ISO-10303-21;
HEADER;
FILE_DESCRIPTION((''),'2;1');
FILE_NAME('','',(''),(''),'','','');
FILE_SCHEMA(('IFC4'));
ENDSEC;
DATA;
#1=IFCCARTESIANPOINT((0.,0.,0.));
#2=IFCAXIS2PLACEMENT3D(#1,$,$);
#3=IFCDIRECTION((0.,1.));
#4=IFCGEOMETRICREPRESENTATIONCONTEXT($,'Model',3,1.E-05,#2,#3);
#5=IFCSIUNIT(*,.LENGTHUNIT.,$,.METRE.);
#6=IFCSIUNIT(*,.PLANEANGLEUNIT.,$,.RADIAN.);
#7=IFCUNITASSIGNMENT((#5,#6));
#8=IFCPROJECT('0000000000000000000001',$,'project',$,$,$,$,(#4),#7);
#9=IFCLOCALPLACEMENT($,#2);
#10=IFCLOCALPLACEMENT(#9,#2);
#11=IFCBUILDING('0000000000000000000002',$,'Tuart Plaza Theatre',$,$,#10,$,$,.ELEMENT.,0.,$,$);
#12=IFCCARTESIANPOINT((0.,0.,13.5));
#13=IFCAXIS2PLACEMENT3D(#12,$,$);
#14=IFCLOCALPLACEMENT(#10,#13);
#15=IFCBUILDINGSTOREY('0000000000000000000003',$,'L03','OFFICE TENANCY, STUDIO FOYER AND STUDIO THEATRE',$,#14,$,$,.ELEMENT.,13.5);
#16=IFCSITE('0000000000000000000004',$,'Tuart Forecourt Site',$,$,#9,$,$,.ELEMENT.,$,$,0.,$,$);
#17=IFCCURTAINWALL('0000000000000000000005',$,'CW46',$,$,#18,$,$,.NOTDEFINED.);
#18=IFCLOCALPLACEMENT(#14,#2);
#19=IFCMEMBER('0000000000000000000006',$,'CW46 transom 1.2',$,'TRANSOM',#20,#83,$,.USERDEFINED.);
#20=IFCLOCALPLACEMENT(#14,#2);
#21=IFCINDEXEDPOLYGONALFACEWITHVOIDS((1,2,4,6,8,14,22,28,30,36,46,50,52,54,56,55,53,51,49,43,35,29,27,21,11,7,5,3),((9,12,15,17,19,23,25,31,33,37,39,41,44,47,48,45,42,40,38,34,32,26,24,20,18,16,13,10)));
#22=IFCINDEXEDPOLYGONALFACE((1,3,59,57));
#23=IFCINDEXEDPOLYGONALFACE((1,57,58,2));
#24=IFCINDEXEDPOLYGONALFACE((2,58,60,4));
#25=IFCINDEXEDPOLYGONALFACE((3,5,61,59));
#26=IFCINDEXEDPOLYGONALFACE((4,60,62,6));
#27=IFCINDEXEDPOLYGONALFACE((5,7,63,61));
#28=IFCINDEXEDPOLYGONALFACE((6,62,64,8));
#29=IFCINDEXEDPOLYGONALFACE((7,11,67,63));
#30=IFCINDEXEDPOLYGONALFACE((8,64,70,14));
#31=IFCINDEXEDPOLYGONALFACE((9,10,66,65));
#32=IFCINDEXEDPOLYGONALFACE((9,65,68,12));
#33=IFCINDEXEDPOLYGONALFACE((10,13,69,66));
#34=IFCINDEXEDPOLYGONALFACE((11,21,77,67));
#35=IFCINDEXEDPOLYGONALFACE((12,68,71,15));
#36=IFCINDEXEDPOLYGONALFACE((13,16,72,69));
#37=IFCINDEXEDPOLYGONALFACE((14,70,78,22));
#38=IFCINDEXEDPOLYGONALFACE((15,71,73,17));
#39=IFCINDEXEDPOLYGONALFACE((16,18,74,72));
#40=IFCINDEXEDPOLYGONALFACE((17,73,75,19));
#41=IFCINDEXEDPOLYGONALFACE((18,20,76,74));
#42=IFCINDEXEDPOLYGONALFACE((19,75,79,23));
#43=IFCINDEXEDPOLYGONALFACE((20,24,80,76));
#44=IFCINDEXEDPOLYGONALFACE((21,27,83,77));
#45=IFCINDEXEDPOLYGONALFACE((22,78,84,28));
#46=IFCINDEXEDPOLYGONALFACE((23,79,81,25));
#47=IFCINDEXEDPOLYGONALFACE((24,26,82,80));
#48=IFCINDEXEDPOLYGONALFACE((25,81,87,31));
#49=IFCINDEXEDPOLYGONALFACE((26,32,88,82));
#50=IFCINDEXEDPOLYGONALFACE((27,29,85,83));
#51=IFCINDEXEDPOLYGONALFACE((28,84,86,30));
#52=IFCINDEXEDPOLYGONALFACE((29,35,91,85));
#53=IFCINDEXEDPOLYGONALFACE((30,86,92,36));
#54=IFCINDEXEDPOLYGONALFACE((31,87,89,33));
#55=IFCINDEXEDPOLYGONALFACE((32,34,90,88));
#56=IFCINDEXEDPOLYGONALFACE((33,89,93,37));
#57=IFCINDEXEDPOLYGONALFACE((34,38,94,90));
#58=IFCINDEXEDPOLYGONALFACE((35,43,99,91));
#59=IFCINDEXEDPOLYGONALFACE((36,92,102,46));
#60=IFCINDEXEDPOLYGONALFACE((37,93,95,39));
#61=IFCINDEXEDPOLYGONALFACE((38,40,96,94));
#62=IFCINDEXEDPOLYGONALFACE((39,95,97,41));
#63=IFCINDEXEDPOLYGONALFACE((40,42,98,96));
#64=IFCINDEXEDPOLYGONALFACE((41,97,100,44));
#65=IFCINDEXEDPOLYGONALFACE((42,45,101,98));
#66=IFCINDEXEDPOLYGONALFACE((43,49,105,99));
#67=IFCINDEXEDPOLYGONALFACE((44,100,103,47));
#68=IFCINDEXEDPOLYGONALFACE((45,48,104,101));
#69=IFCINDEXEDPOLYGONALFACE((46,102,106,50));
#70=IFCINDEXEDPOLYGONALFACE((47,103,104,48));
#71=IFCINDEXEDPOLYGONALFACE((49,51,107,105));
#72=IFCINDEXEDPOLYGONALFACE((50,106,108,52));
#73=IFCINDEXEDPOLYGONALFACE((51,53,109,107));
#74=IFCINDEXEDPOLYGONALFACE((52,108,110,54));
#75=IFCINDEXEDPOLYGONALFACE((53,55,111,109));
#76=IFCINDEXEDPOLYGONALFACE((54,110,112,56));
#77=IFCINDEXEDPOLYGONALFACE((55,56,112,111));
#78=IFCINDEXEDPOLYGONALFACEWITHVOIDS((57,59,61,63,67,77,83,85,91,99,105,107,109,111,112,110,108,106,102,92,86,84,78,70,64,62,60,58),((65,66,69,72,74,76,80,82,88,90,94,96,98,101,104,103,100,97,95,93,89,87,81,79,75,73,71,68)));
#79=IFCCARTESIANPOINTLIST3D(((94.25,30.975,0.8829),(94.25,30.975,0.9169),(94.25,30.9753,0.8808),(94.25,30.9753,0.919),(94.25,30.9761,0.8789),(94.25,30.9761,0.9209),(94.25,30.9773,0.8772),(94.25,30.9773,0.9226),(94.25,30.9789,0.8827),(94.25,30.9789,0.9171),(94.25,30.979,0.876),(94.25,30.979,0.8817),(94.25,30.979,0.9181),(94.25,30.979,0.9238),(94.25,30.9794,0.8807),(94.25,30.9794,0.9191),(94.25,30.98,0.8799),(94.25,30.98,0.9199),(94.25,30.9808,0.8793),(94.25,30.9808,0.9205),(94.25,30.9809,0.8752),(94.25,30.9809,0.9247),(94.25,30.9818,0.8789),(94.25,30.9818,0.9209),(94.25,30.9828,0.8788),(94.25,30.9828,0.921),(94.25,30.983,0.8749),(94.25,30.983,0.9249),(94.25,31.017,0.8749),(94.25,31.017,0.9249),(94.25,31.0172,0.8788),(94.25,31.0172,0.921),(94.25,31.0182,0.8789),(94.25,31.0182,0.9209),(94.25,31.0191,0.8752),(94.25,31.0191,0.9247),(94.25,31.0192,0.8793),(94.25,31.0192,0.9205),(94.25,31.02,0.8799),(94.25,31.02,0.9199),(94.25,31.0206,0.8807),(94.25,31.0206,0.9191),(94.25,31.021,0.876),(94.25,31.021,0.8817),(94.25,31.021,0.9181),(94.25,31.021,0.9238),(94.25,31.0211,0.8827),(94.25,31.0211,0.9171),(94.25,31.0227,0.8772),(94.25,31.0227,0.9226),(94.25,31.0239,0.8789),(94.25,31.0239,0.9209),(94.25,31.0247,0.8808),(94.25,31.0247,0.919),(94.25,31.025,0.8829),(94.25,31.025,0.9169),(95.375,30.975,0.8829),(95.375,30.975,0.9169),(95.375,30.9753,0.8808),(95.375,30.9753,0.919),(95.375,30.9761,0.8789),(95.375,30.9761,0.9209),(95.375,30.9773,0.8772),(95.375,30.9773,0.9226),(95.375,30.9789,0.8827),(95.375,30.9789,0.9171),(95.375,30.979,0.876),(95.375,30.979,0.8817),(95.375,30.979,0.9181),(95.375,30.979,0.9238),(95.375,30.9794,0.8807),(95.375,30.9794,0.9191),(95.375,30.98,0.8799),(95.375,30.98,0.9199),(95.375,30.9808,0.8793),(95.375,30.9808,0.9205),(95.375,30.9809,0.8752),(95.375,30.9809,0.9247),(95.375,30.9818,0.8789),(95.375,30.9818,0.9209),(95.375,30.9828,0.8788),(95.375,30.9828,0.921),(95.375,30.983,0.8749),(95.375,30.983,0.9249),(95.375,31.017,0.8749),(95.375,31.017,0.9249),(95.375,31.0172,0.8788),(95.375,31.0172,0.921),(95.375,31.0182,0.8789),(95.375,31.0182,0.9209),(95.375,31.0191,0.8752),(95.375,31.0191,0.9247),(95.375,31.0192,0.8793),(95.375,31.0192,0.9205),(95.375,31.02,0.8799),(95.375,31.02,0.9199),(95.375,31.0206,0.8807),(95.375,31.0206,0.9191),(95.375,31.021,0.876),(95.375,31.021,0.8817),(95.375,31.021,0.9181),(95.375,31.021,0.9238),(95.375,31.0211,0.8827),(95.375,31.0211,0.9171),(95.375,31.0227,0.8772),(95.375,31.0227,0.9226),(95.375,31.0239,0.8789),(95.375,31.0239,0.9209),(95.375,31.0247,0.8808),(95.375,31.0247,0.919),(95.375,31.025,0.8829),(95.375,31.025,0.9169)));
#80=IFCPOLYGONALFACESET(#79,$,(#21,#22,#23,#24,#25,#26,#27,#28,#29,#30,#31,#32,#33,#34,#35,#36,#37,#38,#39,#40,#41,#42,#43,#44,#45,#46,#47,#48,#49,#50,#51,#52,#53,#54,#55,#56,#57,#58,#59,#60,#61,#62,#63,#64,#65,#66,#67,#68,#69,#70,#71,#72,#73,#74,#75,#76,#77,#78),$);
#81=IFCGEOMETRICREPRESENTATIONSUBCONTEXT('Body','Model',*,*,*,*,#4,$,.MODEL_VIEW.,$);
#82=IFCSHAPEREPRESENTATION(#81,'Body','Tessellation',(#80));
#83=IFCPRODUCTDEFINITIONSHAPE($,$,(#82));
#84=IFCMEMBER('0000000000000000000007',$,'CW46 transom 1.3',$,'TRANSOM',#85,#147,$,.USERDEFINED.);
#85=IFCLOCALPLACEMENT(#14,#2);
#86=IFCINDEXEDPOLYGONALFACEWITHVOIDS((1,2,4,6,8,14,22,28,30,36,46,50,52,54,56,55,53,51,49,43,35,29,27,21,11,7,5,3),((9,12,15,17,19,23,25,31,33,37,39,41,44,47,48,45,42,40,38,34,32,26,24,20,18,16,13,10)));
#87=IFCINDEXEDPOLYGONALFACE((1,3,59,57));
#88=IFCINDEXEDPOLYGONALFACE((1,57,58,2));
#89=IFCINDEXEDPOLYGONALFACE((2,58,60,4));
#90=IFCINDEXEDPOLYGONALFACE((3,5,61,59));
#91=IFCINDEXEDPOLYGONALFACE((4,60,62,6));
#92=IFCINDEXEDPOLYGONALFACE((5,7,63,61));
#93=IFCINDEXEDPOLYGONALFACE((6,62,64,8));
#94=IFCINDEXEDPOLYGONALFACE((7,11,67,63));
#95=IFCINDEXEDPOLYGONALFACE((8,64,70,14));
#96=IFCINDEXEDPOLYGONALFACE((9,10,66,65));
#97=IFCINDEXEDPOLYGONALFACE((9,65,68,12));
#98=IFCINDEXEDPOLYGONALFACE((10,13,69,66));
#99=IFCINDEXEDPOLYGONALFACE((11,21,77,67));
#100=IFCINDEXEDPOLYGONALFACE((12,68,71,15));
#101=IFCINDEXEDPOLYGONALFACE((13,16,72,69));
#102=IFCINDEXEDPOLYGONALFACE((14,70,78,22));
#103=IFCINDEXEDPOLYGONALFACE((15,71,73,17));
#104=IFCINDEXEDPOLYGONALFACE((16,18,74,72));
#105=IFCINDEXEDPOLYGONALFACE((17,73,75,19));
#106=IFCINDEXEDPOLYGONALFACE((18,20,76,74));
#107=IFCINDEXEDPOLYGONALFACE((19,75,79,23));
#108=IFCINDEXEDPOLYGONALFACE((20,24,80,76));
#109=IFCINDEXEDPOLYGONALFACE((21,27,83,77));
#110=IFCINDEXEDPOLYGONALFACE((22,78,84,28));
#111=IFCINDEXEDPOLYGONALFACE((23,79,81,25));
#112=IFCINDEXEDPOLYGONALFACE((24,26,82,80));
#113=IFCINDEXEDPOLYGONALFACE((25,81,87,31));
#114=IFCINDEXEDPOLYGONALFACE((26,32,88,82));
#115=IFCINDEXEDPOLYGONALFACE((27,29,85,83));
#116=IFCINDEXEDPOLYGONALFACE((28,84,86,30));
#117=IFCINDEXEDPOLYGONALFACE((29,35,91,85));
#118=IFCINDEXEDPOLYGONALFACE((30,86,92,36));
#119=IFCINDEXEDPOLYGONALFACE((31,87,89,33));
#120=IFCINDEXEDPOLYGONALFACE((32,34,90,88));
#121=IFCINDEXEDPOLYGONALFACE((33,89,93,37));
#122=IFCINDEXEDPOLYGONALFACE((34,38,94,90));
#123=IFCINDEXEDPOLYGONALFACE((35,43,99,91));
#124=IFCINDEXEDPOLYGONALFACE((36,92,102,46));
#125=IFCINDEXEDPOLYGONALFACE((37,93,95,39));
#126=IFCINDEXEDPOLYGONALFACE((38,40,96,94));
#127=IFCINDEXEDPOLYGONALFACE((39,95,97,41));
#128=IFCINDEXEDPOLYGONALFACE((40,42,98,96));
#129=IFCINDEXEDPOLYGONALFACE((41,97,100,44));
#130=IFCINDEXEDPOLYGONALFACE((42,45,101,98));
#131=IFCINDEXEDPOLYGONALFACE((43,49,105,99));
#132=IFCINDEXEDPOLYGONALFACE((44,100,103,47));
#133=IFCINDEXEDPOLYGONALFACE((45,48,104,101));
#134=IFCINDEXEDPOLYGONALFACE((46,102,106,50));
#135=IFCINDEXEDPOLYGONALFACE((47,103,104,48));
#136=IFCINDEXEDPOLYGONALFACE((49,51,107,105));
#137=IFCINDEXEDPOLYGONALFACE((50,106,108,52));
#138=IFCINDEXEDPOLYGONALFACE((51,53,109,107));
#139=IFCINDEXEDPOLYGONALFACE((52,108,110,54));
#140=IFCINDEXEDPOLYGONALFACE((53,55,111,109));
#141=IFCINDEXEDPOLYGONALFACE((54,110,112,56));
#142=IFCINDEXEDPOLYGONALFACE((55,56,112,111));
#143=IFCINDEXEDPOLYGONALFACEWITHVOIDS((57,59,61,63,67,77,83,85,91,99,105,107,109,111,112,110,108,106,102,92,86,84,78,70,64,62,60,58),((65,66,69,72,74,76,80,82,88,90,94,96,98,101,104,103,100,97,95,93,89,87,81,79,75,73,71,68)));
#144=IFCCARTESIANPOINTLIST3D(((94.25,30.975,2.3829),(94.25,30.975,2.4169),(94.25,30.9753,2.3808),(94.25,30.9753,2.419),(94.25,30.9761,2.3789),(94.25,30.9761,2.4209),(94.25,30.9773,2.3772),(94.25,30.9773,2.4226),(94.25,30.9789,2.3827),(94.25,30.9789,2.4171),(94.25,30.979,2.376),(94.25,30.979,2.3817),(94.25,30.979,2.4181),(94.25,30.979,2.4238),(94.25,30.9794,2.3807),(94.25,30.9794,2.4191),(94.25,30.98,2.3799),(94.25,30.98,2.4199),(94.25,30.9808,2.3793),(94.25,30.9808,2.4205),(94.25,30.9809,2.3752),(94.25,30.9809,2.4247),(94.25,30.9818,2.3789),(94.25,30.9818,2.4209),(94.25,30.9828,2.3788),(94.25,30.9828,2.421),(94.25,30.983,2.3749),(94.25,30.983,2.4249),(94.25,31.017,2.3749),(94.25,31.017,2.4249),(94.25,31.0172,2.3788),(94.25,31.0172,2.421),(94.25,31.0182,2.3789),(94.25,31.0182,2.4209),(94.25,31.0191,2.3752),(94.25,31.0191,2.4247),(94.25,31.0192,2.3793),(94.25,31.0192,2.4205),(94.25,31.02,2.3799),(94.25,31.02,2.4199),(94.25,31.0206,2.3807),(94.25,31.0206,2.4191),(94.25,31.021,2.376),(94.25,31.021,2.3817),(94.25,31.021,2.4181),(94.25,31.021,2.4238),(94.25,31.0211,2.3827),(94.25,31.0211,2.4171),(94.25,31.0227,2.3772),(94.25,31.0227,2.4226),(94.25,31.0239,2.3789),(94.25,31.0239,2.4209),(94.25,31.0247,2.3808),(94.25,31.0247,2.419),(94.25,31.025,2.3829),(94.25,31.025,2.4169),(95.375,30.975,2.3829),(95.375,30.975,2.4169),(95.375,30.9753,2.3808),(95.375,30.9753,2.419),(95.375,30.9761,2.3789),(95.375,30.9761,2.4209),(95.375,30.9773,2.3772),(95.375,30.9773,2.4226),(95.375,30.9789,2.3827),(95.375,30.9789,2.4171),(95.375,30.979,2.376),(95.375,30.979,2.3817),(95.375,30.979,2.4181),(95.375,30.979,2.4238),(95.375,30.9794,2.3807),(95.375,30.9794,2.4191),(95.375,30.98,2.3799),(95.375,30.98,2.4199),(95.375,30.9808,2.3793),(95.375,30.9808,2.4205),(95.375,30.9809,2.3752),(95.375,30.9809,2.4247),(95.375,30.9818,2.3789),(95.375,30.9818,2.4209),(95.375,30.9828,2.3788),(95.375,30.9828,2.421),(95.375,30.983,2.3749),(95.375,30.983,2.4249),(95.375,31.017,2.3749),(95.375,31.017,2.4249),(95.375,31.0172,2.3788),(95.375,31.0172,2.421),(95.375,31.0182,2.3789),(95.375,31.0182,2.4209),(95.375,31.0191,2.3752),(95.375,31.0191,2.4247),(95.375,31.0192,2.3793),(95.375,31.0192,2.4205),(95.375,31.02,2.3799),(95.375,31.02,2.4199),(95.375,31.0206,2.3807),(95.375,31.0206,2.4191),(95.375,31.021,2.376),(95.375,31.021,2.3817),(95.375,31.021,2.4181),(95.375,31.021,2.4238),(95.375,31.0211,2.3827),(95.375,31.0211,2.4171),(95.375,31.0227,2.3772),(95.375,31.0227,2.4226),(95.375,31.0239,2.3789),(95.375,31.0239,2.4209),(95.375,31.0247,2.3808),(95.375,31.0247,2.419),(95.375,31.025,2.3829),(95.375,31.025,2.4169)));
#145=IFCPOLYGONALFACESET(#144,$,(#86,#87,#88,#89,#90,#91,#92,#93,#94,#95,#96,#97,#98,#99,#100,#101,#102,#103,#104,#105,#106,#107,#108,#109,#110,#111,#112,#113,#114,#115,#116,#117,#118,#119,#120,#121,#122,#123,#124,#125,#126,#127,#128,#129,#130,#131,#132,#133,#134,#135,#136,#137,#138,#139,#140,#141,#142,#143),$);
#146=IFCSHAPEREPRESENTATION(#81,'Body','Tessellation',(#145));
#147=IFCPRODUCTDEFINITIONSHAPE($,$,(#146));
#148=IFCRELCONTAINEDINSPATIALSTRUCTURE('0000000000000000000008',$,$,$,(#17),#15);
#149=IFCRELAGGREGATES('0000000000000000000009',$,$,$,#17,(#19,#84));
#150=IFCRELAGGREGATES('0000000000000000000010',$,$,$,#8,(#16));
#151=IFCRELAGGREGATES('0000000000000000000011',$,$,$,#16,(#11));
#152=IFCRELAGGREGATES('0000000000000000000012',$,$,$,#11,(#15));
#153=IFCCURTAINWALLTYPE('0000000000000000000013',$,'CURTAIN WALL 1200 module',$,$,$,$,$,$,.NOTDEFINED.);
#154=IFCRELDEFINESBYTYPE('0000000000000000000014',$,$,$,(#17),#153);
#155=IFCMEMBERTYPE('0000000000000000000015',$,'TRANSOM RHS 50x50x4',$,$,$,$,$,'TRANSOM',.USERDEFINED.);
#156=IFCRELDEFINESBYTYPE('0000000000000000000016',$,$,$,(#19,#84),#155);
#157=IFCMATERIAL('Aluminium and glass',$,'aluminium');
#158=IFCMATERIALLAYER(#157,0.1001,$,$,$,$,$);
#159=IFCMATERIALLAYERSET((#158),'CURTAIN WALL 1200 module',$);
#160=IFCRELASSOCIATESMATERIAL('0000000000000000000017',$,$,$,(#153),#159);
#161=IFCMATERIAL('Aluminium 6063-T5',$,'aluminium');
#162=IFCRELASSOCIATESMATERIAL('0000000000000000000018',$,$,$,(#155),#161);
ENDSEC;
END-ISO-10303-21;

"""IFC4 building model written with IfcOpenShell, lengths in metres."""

from ifc_helpers import new_model, si_unit, direction, frame, origin, origin_2d, place, context, subcontext, project, spatial, hollow_rectangle, extrude, material, layer, layer_set, material_profile, profile_set, type_object, element, aggregate, save


model = new_model("IFC4")

# Units and contexts
model_context = context("Model", 3, precision=1e-05, world=origin(), true_north=direction((0.0, 1.0)))
body_context = subcontext(model_context, "Body", "Model", "MODEL_VIEW")
ifc_project = project(units=[si_unit("LENGTHUNIT", "METRE"), si_unit("PLANEANGLEUNIT", "RADIAN")], contexts=[model_context])

# Site, building, storey
site_placement = place(None, origin())
site = spatial("IfcSite", under=ifc_project, at=site_placement, Name="Tuart Forecourt Site", CompositionType="ELEMENT", RefElevation=0.0)
building_placement = place(site_placement, origin())
building = spatial("IfcBuilding", under=site, at=building_placement, Name="Tuart Plaza Theatre", CompositionType="ELEMENT", ElevationOfRefHeight=0.0)
storey_placement = place(building_placement, frame((0.0, 0.0, 13.5)))
storey = spatial("IfcBuildingStorey", under=building, at=storey_placement, Name="L03", Description="OFFICE TENANCY, STUDIO FOYER AND STUDIO THEATRE", CompositionType="ELEMENT", Elevation=13.5)

# Curtain wall, members
ifc_material_1 = material(Name="Aluminium and glass", Category="aluminium")
ifc_layer_1 = layer(ifc_material_1, 0.1001)
ifc_layer_set_1 = layer_set([ifc_layer_1], Name="CURTAIN WALL 1200 module")
curtain_wall_type = type_object("IfcCurtainWallType", Name="CURTAIN WALL 1200 module", PredefinedType="NOTDEFINED", material=ifc_layer_set_1)
curtain_wall_placement = place(storey_placement, origin())
curtain_wall = element("IfcCurtainWall", 1, at=curtain_wall_placement, inside=storey, type_object=curtain_wall_type, Name="CW46", PredefinedType="NOTDEFINED")
ifc_material_2 = material(Name="Aluminium 6063-T5", Category="aluminium")
ifc_material_profile_1 = material_profile(ifc_material_2, hollow_rectangle(XDim=0.05, YDim=0.05, WallThickness=0.0039, InnerFilletRadius=0.0039, OuterFilletRadius=0.0081, at=origin_2d()), Name="RHS 50x50x4")
ifc_profile_set_1 = profile_set([ifc_material_profile_1], Name="Aluminium 6063-T5")
member_type_1 = type_object("IfcMemberType", Name="TRANSOM RHS 50x50x4", ElementType="TRANSOM", PredefinedType="USERDEFINED", material=ifc_profile_set_1)
member_1_placement = place(storey_placement, frame((94.25, 31.0, 0.8999), z_axis=(1.0, 0.0, 0.0), x_axis=(0.0, 1.0, 0.0)))
member_1 = element("IfcMember", 2, at=member_1_placement, type_object=member_type_1, Name="CW46 transom 1.2", ObjectType="TRANSOM", PredefinedType="USERDEFINED", context=body_context, shape_type="SweptSolid", body=[
    extrude(hollow_rectangle(XDim=0.05, YDim=0.05, WallThickness=0.0039, InnerFilletRadius=0.0039, OuterFilletRadius=0.0081, at=origin_2d()), origin(), (0.0, 0.0, 1.0), 1.125),
])
member_2_placement = place(storey_placement, frame((94.25, 31.0, 2.3999), z_axis=(1.0, 0.0, 0.0), x_axis=(0.0, 1.0, 0.0)))
member_2 = element("IfcMember", 3, at=member_2_placement, type_object=member_type_1, Name="CW46 transom 1.3", ObjectType="TRANSOM", PredefinedType="USERDEFINED", context=body_context, shape_type="SweptSolid", body=[
    extrude(hollow_rectangle(XDim=0.05, YDim=0.05, WallThickness=0.0039, InnerFilletRadius=0.0039, OuterFilletRadius=0.0081, at=origin_2d()), origin(), (0.0, 0.0, 1.0), 1.125),
])
aggregate(curtain_wall, [member_1, member_2])

save(model, "model.ifc")
